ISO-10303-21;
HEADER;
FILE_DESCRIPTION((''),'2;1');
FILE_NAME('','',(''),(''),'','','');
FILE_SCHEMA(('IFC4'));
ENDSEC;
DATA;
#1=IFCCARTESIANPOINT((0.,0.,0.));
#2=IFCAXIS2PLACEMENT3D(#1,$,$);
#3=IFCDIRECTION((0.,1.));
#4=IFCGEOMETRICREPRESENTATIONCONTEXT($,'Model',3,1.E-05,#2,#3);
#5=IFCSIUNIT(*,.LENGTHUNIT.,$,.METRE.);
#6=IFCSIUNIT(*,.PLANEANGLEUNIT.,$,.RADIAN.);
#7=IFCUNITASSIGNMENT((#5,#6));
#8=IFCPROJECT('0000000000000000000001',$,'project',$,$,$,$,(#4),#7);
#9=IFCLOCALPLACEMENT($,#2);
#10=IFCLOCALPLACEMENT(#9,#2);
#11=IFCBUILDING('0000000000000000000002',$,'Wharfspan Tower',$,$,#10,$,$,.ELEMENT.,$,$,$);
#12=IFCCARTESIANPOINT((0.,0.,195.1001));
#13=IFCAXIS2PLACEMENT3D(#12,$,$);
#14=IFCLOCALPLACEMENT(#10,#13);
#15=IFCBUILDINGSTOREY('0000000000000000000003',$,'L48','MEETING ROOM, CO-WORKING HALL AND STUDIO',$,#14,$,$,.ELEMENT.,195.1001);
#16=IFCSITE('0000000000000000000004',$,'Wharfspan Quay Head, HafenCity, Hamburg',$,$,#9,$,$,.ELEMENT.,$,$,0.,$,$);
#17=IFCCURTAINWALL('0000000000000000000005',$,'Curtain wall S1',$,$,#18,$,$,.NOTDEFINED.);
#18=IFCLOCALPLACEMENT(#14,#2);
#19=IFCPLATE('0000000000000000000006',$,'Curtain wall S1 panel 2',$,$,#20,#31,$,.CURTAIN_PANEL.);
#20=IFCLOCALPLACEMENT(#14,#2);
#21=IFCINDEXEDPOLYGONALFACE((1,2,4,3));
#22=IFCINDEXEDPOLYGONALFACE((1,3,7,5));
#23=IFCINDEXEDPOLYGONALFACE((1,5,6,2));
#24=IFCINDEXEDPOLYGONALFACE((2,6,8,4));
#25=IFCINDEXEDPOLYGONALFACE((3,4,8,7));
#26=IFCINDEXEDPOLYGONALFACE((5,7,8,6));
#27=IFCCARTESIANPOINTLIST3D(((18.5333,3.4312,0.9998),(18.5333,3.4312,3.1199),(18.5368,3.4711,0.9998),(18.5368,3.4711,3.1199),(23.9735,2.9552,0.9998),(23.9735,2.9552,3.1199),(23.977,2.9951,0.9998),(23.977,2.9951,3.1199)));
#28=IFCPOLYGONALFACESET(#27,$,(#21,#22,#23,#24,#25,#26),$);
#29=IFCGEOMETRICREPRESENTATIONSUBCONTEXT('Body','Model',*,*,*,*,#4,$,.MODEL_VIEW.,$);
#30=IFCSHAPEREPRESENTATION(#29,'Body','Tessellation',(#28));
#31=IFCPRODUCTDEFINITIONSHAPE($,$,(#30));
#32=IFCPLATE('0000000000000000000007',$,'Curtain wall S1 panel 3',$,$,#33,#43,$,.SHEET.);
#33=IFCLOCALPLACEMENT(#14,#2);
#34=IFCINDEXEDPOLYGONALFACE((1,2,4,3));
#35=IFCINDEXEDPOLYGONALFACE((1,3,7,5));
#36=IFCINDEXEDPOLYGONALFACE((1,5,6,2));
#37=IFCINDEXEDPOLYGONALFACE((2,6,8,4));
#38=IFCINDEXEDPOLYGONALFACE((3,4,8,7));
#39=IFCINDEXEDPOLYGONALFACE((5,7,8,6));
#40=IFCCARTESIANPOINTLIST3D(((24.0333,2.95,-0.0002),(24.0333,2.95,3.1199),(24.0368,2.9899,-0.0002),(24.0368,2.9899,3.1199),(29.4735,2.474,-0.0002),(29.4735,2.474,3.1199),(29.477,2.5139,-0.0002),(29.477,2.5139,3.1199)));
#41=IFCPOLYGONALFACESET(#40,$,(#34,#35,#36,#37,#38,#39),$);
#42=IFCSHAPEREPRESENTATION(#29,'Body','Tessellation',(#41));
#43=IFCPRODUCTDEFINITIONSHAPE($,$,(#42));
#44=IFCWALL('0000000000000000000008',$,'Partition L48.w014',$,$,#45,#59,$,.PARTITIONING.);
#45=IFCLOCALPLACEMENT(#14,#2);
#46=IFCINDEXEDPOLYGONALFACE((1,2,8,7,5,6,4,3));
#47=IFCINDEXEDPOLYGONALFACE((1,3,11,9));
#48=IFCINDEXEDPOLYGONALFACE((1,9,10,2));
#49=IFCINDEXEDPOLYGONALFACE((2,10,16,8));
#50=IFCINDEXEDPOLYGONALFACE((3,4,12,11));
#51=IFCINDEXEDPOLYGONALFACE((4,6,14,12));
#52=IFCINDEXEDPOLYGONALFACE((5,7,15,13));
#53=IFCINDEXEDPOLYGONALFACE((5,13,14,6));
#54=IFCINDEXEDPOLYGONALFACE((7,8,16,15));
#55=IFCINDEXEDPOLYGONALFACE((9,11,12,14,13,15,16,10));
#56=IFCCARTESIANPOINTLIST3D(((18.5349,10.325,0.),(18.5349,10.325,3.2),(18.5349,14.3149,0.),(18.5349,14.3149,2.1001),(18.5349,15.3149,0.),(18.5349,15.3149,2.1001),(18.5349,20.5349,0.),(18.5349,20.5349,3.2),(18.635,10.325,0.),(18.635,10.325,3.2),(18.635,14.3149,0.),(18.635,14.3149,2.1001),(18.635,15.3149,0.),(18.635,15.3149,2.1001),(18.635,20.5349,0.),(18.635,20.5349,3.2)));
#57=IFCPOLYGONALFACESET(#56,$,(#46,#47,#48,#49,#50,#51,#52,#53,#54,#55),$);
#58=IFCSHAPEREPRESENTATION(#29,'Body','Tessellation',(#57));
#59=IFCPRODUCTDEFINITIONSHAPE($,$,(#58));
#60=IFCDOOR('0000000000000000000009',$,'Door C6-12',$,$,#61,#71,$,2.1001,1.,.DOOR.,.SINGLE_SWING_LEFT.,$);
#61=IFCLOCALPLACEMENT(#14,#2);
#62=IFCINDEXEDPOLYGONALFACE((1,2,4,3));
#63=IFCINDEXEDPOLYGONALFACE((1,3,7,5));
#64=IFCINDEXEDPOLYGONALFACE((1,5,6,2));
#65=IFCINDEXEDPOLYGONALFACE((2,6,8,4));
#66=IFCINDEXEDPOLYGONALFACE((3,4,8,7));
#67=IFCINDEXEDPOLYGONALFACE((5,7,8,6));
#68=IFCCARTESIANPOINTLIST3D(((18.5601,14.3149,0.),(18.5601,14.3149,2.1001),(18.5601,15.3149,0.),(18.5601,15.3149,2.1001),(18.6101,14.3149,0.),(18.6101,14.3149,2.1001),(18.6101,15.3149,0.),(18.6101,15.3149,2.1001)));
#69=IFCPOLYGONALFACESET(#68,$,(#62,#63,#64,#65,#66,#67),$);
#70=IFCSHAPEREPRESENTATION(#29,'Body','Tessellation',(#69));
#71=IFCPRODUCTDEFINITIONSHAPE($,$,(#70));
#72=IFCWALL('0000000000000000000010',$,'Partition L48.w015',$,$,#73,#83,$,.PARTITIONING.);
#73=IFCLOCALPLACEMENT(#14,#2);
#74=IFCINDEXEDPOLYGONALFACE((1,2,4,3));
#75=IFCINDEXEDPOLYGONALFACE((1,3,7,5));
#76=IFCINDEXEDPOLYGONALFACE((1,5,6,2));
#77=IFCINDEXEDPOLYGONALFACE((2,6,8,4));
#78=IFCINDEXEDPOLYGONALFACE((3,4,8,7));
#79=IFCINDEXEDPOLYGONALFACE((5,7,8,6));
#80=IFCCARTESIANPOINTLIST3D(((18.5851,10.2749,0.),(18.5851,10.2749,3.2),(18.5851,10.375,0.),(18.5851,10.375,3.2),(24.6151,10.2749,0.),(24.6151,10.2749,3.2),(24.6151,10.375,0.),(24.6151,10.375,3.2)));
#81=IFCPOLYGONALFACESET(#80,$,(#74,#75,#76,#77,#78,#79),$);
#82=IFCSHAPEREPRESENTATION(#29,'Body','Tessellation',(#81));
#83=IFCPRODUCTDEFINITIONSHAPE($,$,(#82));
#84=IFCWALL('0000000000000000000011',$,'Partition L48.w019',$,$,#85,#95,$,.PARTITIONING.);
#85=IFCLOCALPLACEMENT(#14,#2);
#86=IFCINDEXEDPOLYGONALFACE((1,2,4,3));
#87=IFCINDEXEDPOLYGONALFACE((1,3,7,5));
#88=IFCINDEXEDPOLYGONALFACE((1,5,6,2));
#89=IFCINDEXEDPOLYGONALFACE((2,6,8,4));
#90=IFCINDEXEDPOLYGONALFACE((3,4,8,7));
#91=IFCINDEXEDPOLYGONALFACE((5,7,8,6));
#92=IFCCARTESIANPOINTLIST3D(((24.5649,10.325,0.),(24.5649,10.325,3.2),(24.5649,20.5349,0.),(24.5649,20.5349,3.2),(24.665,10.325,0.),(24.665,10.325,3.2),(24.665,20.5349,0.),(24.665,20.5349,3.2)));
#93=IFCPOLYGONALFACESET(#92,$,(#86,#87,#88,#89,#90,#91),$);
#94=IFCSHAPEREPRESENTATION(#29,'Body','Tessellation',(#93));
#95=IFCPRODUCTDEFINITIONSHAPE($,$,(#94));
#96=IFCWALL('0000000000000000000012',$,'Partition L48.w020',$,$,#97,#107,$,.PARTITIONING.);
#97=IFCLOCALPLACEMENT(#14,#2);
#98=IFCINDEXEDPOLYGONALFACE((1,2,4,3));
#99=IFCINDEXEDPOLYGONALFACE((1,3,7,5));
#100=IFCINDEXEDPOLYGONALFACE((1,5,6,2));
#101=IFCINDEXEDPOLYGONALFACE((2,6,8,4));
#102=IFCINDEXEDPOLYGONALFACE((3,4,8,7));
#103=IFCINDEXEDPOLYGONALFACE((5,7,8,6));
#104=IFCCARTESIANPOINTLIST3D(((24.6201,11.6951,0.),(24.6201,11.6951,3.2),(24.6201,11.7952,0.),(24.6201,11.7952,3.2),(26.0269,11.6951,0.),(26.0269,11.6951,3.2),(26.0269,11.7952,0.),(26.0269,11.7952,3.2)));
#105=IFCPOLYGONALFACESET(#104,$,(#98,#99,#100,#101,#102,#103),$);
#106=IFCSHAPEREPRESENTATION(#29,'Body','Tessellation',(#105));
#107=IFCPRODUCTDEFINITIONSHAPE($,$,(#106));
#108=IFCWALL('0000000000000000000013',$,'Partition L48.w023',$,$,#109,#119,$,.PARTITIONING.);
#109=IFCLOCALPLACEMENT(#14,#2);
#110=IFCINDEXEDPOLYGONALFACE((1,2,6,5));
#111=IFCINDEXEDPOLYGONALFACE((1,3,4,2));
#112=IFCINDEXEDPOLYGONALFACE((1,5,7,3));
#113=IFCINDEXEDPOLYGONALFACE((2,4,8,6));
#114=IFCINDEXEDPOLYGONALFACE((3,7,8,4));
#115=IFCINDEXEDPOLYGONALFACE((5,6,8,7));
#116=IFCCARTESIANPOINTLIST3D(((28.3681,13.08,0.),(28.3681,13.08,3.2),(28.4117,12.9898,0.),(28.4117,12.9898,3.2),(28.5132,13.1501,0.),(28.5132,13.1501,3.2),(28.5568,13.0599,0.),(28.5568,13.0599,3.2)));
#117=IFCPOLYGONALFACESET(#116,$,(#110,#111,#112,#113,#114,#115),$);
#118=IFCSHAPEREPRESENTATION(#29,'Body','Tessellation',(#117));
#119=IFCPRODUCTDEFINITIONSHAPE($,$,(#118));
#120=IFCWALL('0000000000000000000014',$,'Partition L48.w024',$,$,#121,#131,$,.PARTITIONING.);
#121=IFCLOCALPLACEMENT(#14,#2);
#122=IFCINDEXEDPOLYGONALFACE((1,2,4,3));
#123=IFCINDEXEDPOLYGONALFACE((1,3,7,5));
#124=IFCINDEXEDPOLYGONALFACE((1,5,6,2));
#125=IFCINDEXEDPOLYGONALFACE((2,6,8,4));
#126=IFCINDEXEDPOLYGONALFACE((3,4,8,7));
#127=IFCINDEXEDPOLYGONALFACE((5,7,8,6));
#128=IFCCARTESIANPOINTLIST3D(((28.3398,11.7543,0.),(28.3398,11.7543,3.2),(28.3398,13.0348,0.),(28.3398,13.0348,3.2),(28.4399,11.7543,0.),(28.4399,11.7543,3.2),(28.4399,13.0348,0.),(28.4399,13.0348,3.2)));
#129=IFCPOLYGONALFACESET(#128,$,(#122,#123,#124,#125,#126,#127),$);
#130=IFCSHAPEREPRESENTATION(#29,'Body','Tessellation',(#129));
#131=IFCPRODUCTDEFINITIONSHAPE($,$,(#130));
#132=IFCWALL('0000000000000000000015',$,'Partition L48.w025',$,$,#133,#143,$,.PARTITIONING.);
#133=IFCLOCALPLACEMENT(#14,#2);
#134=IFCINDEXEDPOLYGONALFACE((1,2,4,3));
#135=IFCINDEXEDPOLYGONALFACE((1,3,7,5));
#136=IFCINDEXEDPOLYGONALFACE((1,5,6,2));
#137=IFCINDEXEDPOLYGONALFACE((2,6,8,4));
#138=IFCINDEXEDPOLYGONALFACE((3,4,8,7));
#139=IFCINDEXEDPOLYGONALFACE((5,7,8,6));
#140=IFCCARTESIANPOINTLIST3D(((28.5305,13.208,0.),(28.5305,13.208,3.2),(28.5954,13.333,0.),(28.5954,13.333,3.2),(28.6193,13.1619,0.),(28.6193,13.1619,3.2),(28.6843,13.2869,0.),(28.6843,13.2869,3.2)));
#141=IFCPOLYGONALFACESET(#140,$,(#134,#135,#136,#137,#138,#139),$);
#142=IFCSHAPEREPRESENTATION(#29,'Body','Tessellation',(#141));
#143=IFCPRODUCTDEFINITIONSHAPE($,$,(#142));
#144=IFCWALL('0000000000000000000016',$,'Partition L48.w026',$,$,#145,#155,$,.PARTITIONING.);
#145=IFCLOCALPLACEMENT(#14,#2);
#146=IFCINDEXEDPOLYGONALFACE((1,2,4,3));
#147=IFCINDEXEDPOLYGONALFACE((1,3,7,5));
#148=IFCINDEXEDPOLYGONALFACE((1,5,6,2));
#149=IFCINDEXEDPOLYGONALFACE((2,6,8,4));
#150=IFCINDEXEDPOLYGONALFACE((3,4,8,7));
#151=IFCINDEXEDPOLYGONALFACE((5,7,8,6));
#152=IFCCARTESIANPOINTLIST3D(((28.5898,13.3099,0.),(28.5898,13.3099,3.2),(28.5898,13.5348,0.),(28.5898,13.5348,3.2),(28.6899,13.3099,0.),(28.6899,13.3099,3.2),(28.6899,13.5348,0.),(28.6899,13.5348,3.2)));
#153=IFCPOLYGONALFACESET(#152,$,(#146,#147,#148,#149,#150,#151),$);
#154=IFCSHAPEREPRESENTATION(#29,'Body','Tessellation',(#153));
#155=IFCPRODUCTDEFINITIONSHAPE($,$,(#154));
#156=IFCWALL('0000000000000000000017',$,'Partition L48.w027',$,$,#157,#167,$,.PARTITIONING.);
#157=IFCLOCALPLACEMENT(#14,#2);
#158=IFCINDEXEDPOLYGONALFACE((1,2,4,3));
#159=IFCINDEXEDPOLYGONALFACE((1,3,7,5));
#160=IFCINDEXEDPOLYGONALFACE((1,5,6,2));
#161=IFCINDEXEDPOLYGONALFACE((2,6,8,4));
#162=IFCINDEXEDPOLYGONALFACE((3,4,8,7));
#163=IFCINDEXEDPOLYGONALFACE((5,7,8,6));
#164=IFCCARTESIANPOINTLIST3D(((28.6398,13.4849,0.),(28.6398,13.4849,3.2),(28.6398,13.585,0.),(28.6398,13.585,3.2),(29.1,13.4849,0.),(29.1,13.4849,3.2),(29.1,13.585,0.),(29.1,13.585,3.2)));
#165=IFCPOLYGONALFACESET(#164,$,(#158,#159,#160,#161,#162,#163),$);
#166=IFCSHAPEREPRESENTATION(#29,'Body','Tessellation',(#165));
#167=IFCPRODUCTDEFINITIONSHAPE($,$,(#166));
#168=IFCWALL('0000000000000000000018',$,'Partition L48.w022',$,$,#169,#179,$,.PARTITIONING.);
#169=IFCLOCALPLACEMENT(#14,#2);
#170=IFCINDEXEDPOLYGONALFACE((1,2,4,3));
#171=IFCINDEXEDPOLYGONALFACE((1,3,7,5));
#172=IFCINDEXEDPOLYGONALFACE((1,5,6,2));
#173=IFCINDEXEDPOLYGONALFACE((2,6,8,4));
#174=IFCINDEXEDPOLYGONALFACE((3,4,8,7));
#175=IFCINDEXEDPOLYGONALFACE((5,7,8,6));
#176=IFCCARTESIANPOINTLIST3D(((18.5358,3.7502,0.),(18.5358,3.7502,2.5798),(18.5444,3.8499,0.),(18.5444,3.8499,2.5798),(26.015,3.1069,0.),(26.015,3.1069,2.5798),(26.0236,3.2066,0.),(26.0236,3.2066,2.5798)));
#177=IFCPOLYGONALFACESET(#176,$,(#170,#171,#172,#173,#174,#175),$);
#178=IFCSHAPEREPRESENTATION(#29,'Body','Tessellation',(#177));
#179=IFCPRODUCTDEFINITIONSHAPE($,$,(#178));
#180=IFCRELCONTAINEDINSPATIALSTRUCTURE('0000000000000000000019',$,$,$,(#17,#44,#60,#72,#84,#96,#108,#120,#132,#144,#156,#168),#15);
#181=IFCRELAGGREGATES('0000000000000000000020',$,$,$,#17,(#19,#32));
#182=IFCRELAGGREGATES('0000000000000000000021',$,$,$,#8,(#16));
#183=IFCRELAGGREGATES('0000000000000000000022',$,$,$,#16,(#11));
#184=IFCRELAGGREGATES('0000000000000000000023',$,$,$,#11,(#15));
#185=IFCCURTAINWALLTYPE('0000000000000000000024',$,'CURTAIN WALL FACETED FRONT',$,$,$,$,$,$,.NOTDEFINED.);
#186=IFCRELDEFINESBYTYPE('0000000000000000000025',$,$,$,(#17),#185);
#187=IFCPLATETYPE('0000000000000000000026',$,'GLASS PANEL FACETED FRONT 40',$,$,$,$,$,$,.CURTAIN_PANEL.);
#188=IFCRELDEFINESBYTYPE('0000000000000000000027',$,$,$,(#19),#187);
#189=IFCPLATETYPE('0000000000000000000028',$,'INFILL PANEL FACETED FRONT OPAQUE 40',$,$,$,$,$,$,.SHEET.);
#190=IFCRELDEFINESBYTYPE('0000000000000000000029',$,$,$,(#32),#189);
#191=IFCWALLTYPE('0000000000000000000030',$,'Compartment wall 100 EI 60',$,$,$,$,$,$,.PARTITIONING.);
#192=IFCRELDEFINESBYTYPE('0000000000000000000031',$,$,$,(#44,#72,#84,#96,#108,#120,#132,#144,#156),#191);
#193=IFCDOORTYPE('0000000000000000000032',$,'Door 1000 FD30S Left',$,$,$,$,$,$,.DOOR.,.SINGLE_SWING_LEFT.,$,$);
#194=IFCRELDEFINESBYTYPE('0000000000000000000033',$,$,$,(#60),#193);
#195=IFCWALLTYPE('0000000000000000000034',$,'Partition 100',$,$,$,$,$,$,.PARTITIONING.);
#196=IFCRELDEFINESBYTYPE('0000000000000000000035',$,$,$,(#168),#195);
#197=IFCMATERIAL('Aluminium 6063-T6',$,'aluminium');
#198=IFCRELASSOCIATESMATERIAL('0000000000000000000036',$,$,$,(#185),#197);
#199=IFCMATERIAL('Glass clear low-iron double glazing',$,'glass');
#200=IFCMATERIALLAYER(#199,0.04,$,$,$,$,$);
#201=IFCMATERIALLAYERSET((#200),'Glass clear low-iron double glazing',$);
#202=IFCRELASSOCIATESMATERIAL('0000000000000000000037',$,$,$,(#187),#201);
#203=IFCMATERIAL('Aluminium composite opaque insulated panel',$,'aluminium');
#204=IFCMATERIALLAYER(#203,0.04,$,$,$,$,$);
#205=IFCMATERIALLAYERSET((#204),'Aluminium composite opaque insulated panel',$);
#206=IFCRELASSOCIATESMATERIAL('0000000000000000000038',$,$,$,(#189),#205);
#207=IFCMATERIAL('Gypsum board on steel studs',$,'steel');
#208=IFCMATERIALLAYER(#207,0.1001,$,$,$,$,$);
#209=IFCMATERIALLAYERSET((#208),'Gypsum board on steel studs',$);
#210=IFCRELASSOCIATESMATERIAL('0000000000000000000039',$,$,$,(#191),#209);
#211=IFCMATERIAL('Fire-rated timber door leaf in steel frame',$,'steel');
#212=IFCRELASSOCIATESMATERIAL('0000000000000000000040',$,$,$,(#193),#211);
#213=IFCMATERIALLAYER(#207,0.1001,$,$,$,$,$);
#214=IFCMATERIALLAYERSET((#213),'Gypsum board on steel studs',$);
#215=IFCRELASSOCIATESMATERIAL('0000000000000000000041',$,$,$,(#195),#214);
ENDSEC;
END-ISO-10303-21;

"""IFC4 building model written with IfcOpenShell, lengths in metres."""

from ifc_helpers import new_model, si_unit, direction, frame, frame_2d, origin, origin_2d, place, context, subcontext, project, spatial, rectangle, extrude, material, layer, layer_set, type_object, element, fill, aggregate, save


model = new_model("IFC4")

# Units and contexts
model_context = context("Model", 3, precision=1e-05, world=origin(), true_north=direction((0.0, 1.0)))
body_context = subcontext(model_context, "Body", "Model", "MODEL_VIEW")
ifc_project = project(units=[si_unit("LENGTHUNIT", "METRE"), si_unit("PLANEANGLEUNIT", "RADIAN")], contexts=[model_context])

# Site, building, storey
site_placement = place(None, origin())
site = spatial("IfcSite", under=ifc_project, at=site_placement, Name="Wharfspan Quay Head, HafenCity, Hamburg", CompositionType="ELEMENT", RefElevation=0.0)
building_placement = place(site_placement, origin())
building = spatial("IfcBuilding", under=site, at=building_placement, Name="Wharfspan Tower", CompositionType="ELEMENT")
storey_placement = place(building_placement, frame((0.0, 0.0, 195.1001)))
storey = spatial("IfcBuildingStorey", under=building, at=storey_placement, Name="L48", Description="MEETING ROOM, CO-WORKING HALL AND STUDIO", CompositionType="ELEMENT", Elevation=195.1001)

# Curtain wall, plates
ifc_material_1 = material(Name="Aluminium 6063-T6", Category="aluminium")
curtain_wall_type = type_object("IfcCurtainWallType", Name="CURTAIN WALL FACETED FRONT", PredefinedType="NOTDEFINED", material=ifc_material_1)
curtain_wall_placement = place(storey_placement, origin())
curtain_wall = element("IfcCurtainWall", 1, at=curtain_wall_placement, inside=storey, type_object=curtain_wall_type, Name="Curtain wall S1", PredefinedType="NOTDEFINED")
ifc_material_2 = material(Name="Glass clear low-iron double glazing", Category="glass")
ifc_layer_1 = layer(ifc_material_2, 0.04)
ifc_layer_set_1 = layer_set([ifc_layer_1], Name="Glass clear low-iron double glazing")
plate_type_1 = type_object("IfcPlateType", Name="GLASS PANEL FACETED FRONT 40", PredefinedType="CURTAIN_PANEL", material=ifc_layer_set_1)
plate_1_placement = place(storey_placement, frame((21.2551, 3.2131, 0.9998), z_axis=(0.0, 0.0, 1.0), x_axis=(0.996198, -0.087156, 0.0)))
plate_1 = element("IfcPlate", 2, at=plate_1_placement, type_object=plate_type_1, Name="Curtain wall S1 panel 2", PredefinedType="CURTAIN_PANEL", context=body_context, shape_type="SweptSolid", body=[
    extrude(rectangle(XDim=5.4609, YDim=0.04, at=origin_2d()), origin(), (0.0, 0.0, 1.0), 2.1201),
])
ifc_material_3 = material(Name="Aluminium composite opaque insulated panel", Category="aluminium")
ifc_layer_2 = layer(ifc_material_3, 0.04)
ifc_layer_set_2 = layer_set([ifc_layer_2], Name="Aluminium composite opaque insulated panel")
plate_type_2 = type_object("IfcPlateType", Name="INFILL PANEL FACETED FRONT OPAQUE 40", PredefinedType="SHEET", material=ifc_layer_set_2)
plate_2_placement = place(storey_placement, frame((26.7551, 2.7319, -0.0002), z_axis=(0.0, 0.0, 1.0), x_axis=(0.996198, -0.087156, 0.0)))
plate_2 = element("IfcPlate", 3, at=plate_2_placement, type_object=plate_type_2, Name="Curtain wall S1 panel 3", PredefinedType="SHEET", context=body_context, shape_type="SweptSolid", body=[
    extrude(rectangle(XDim=5.4609, YDim=0.04, at=origin_2d()), origin(), (0.0, 0.0, 1.0), 3.1201),
])
aggregate(curtain_wall, [plate_1, plate_2])

# Wall, opening, door
ifc_material_4 = material(Name="Gypsum board on steel studs", Category="steel")
ifc_layer_3 = layer(ifc_material_4, 0.1001)
ifc_layer_set_3 = layer_set([ifc_layer_3], Name="Gypsum board on steel studs")
wall_type_1 = type_object("IfcWallType", Name="Compartment wall 100 EI 60", PredefinedType="PARTITIONING", material=ifc_layer_set_3)
wall_1_placement = place(storey_placement, frame((18.585, 10.325, 0.0), z_axis=(0.0, 0.0, 1.0), x_axis=(0.0, 1.0, 0.0)))
wall_1 = element("IfcWall", 4, at=wall_1_placement, inside=storey, type_object=wall_type_1, Name="Partition L48.w014", PredefinedType="PARTITIONING", context=body_context, shape_type="SweptSolid", body=[
    extrude(rectangle(XDim=10.21, YDim=0.1001, at=frame_2d((5.105, 0.0))), origin(), (0.0, 0.0, 1.0), 3.2),
])
opening_1_placement = place(wall_1_placement, frame((3.99, 0.0, 0.0)))
opening_1 = element("IfcOpeningElement", 5, at=opening_1_placement, cuts=wall_1, PredefinedType="OPENING", context=body_context, shape_type="SweptSolid", body=[
    extrude(rectangle(XDim=1.0, YDim=2.1001, at=frame_2d((0.5, 1.05))), frame((0.0, 0.0601, 0.0), z_axis=(0.0, -1.0, 0.0), x_axis=(1.0, 0.0, 0.0)), (0.0, 0.0, 1.0), 0.1201),
])
ifc_material_5 = material(Name="Fire-rated timber door leaf in steel frame", Category="steel")
door_type_1 = type_object("IfcDoorType", Name="Door 1000 FD30S Left", OperationType="SINGLE_SWING_LEFT", PredefinedType="DOOR", material=ifc_material_5)
door_1_placement = place(opening_1_placement, origin())
door_1 = element("IfcDoor", 6, at=door_1_placement, inside=storey, type_object=door_type_1, Name="Door C6-12", OperationType="SINGLE_SWING_LEFT", OverallHeight=2.1001, OverallWidth=1.0, PredefinedType="DOOR", context=body_context, shape_type="SweptSolid", body=[
    extrude(rectangle(XDim=1.0, YDim=2.1001, at=frame_2d((0.5, 1.05))), frame((0.0, 0.0249, 0.0), z_axis=(0.0, -1.0, 0.0), x_axis=(1.0, 0.0, 0.0)), (0.0, 0.0, 1.0), 0.05),
])
fill(opening_1, door_1)

# Walls
wall_2_placement = place(storey_placement, frame((18.585, 10.325, 0.0), z_axis=(0.0, 0.0, 1.0), x_axis=(1.0, 0.0, 0.0)))
element("IfcWall", 7, at=wall_2_placement, inside=storey, type_object=wall_type_1, Name="Partition L48.w015", PredefinedType="PARTITIONING", context=body_context, shape_type="SweptSolid", body=[
    extrude(rectangle(XDim=6.03, YDim=0.1001, at=frame_2d((3.0151, 0.0))), origin(), (0.0, 0.0, 1.0), 3.2),
])
wall_3_placement = place(storey_placement, frame((24.615, 10.325, 0.0), z_axis=(0.0, 0.0, 1.0), x_axis=(0.0, 1.0, 0.0)))
element("IfcWall", 8, at=wall_3_placement, inside=storey, type_object=wall_type_1, Name="Partition L48.w019", PredefinedType="PARTITIONING", context=body_context, shape_type="SweptSolid", body=[
    extrude(rectangle(XDim=10.21, YDim=0.1001, at=frame_2d((5.105, 0.0))), origin(), (0.0, 0.0, 1.0), 3.2),
])
wall_4_placement = place(storey_placement, frame((24.6201, 11.7451, 0.0), z_axis=(0.0, 0.0, 1.0), x_axis=(1.0, 0.0, 0.0)))
element("IfcWall", 9, at=wall_4_placement, inside=storey, type_object=wall_type_1, Name="Partition L48.w020", PredefinedType="PARTITIONING", context=body_context, shape_type="SweptSolid", body=[
    extrude(rectangle(XDim=1.4067, YDim=0.1001, at=frame_2d((0.7034, 0.0))), origin(), (0.0, 0.0, 1.0), 3.2),
])
wall_5_placement = place(storey_placement, frame((28.3899, 13.0349, 0.0), z_axis=(0.0, 0.0, 1.0), x_axis=(0.900411, 0.435047, 0.0)))
element("IfcWall", 10, at=wall_5_placement, inside=storey, type_object=wall_type_1, Name="Partition L48.w023", PredefinedType="PARTITIONING", context=body_context, shape_type="SweptSolid", body=[
    extrude(rectangle(XDim=0.1611, YDim=0.1001, at=frame_2d((0.0806, 0.0))), origin(), (0.0, 0.0, 1.0), 3.2),
])
wall_6_placement = place(storey_placement, frame((28.3899, 11.7544, 0.0), z_axis=(0.0, 0.0, 1.0), x_axis=(0.0, 1.0, 0.0)))
element("IfcWall", 11, at=wall_6_placement, inside=storey, type_object=wall_type_1, Name="Partition L48.w024", PredefinedType="PARTITIONING", context=body_context, shape_type="SweptSolid", body=[
    extrude(rectangle(XDim=1.2805, YDim=0.1001, at=frame_2d((0.6401, 0.0))), origin(), (0.0, 0.0, 1.0), 3.2),
])
wall_7_placement = place(storey_placement, frame((28.575, 13.1851, 0.0), z_axis=(0.0, 0.0, 1.0), x_axis=(0.461027, 0.88739, 0.0)))
element("IfcWall", 12, at=wall_7_placement, inside=storey, type_object=wall_type_1, Name="Partition L48.w025", PredefinedType="PARTITIONING", context=body_context, shape_type="SweptSolid", body=[
    extrude(rectangle(XDim=0.1409, YDim=0.1001, at=frame_2d((0.0703, 0.0))), origin(), (0.0, 0.0, 1.0), 3.2),
])
wall_8_placement = place(storey_placement, frame((28.6399, 13.3101, 0.0), z_axis=(0.0, 0.0, 1.0), x_axis=(0.0, 1.0, 0.0)))
element("IfcWall", 13, at=wall_8_placement, inside=storey, type_object=wall_type_1, Name="Partition L48.w026", PredefinedType="PARTITIONING", context=body_context, shape_type="SweptSolid", body=[
    extrude(rectangle(XDim=0.2249, YDim=0.1001, at=frame_2d((0.1123, 0.0))), origin(), (0.0, 0.0, 1.0), 3.2),
])
wall_9_placement = place(storey_placement, frame((28.6399, 13.5349, 0.0), z_axis=(0.0, 0.0, 1.0), x_axis=(1.0, 0.0, 0.0)))
element("IfcWall", 14, at=wall_9_placement, inside=storey, type_object=wall_type_1, Name="Partition L48.w027", PredefinedType="PARTITIONING", context=body_context, shape_type="SweptSolid", body=[
    extrude(rectangle(XDim=0.4602, YDim=0.1001, at=frame_2d((0.23, 0.0))), origin(), (0.0, 0.0, 1.0), 3.2),
])
ifc_layer_4 = layer(ifc_material_4, 0.1001)
ifc_layer_set_4 = layer_set([ifc_layer_4], Name="Gypsum board on steel studs")
wall_type_2 = type_object("IfcWallType", Name="Partition 100", PredefinedType="PARTITIONING", material=ifc_layer_set_4)
wall_10_placement = place(storey_placement, frame((26.0193, 3.1567, 0.0), z_axis=(0.0, 0.0, 1.0), x_axis=(-0.996318, 0.085696, 0.0)))
element("IfcWall", 15, at=wall_10_placement, inside=storey, type_object=wall_type_2, Name="Partition L48.w022", PredefinedType="PARTITIONING", context=body_context, shape_type="SweptSolid", body=[
    extrude(rectangle(XDim=7.5068, YDim=0.1001, at=frame_2d((3.7534, 0.0))), origin(), (0.0, 0.0, 1.0), 2.5798),
])

save(model, "model.ifc")
